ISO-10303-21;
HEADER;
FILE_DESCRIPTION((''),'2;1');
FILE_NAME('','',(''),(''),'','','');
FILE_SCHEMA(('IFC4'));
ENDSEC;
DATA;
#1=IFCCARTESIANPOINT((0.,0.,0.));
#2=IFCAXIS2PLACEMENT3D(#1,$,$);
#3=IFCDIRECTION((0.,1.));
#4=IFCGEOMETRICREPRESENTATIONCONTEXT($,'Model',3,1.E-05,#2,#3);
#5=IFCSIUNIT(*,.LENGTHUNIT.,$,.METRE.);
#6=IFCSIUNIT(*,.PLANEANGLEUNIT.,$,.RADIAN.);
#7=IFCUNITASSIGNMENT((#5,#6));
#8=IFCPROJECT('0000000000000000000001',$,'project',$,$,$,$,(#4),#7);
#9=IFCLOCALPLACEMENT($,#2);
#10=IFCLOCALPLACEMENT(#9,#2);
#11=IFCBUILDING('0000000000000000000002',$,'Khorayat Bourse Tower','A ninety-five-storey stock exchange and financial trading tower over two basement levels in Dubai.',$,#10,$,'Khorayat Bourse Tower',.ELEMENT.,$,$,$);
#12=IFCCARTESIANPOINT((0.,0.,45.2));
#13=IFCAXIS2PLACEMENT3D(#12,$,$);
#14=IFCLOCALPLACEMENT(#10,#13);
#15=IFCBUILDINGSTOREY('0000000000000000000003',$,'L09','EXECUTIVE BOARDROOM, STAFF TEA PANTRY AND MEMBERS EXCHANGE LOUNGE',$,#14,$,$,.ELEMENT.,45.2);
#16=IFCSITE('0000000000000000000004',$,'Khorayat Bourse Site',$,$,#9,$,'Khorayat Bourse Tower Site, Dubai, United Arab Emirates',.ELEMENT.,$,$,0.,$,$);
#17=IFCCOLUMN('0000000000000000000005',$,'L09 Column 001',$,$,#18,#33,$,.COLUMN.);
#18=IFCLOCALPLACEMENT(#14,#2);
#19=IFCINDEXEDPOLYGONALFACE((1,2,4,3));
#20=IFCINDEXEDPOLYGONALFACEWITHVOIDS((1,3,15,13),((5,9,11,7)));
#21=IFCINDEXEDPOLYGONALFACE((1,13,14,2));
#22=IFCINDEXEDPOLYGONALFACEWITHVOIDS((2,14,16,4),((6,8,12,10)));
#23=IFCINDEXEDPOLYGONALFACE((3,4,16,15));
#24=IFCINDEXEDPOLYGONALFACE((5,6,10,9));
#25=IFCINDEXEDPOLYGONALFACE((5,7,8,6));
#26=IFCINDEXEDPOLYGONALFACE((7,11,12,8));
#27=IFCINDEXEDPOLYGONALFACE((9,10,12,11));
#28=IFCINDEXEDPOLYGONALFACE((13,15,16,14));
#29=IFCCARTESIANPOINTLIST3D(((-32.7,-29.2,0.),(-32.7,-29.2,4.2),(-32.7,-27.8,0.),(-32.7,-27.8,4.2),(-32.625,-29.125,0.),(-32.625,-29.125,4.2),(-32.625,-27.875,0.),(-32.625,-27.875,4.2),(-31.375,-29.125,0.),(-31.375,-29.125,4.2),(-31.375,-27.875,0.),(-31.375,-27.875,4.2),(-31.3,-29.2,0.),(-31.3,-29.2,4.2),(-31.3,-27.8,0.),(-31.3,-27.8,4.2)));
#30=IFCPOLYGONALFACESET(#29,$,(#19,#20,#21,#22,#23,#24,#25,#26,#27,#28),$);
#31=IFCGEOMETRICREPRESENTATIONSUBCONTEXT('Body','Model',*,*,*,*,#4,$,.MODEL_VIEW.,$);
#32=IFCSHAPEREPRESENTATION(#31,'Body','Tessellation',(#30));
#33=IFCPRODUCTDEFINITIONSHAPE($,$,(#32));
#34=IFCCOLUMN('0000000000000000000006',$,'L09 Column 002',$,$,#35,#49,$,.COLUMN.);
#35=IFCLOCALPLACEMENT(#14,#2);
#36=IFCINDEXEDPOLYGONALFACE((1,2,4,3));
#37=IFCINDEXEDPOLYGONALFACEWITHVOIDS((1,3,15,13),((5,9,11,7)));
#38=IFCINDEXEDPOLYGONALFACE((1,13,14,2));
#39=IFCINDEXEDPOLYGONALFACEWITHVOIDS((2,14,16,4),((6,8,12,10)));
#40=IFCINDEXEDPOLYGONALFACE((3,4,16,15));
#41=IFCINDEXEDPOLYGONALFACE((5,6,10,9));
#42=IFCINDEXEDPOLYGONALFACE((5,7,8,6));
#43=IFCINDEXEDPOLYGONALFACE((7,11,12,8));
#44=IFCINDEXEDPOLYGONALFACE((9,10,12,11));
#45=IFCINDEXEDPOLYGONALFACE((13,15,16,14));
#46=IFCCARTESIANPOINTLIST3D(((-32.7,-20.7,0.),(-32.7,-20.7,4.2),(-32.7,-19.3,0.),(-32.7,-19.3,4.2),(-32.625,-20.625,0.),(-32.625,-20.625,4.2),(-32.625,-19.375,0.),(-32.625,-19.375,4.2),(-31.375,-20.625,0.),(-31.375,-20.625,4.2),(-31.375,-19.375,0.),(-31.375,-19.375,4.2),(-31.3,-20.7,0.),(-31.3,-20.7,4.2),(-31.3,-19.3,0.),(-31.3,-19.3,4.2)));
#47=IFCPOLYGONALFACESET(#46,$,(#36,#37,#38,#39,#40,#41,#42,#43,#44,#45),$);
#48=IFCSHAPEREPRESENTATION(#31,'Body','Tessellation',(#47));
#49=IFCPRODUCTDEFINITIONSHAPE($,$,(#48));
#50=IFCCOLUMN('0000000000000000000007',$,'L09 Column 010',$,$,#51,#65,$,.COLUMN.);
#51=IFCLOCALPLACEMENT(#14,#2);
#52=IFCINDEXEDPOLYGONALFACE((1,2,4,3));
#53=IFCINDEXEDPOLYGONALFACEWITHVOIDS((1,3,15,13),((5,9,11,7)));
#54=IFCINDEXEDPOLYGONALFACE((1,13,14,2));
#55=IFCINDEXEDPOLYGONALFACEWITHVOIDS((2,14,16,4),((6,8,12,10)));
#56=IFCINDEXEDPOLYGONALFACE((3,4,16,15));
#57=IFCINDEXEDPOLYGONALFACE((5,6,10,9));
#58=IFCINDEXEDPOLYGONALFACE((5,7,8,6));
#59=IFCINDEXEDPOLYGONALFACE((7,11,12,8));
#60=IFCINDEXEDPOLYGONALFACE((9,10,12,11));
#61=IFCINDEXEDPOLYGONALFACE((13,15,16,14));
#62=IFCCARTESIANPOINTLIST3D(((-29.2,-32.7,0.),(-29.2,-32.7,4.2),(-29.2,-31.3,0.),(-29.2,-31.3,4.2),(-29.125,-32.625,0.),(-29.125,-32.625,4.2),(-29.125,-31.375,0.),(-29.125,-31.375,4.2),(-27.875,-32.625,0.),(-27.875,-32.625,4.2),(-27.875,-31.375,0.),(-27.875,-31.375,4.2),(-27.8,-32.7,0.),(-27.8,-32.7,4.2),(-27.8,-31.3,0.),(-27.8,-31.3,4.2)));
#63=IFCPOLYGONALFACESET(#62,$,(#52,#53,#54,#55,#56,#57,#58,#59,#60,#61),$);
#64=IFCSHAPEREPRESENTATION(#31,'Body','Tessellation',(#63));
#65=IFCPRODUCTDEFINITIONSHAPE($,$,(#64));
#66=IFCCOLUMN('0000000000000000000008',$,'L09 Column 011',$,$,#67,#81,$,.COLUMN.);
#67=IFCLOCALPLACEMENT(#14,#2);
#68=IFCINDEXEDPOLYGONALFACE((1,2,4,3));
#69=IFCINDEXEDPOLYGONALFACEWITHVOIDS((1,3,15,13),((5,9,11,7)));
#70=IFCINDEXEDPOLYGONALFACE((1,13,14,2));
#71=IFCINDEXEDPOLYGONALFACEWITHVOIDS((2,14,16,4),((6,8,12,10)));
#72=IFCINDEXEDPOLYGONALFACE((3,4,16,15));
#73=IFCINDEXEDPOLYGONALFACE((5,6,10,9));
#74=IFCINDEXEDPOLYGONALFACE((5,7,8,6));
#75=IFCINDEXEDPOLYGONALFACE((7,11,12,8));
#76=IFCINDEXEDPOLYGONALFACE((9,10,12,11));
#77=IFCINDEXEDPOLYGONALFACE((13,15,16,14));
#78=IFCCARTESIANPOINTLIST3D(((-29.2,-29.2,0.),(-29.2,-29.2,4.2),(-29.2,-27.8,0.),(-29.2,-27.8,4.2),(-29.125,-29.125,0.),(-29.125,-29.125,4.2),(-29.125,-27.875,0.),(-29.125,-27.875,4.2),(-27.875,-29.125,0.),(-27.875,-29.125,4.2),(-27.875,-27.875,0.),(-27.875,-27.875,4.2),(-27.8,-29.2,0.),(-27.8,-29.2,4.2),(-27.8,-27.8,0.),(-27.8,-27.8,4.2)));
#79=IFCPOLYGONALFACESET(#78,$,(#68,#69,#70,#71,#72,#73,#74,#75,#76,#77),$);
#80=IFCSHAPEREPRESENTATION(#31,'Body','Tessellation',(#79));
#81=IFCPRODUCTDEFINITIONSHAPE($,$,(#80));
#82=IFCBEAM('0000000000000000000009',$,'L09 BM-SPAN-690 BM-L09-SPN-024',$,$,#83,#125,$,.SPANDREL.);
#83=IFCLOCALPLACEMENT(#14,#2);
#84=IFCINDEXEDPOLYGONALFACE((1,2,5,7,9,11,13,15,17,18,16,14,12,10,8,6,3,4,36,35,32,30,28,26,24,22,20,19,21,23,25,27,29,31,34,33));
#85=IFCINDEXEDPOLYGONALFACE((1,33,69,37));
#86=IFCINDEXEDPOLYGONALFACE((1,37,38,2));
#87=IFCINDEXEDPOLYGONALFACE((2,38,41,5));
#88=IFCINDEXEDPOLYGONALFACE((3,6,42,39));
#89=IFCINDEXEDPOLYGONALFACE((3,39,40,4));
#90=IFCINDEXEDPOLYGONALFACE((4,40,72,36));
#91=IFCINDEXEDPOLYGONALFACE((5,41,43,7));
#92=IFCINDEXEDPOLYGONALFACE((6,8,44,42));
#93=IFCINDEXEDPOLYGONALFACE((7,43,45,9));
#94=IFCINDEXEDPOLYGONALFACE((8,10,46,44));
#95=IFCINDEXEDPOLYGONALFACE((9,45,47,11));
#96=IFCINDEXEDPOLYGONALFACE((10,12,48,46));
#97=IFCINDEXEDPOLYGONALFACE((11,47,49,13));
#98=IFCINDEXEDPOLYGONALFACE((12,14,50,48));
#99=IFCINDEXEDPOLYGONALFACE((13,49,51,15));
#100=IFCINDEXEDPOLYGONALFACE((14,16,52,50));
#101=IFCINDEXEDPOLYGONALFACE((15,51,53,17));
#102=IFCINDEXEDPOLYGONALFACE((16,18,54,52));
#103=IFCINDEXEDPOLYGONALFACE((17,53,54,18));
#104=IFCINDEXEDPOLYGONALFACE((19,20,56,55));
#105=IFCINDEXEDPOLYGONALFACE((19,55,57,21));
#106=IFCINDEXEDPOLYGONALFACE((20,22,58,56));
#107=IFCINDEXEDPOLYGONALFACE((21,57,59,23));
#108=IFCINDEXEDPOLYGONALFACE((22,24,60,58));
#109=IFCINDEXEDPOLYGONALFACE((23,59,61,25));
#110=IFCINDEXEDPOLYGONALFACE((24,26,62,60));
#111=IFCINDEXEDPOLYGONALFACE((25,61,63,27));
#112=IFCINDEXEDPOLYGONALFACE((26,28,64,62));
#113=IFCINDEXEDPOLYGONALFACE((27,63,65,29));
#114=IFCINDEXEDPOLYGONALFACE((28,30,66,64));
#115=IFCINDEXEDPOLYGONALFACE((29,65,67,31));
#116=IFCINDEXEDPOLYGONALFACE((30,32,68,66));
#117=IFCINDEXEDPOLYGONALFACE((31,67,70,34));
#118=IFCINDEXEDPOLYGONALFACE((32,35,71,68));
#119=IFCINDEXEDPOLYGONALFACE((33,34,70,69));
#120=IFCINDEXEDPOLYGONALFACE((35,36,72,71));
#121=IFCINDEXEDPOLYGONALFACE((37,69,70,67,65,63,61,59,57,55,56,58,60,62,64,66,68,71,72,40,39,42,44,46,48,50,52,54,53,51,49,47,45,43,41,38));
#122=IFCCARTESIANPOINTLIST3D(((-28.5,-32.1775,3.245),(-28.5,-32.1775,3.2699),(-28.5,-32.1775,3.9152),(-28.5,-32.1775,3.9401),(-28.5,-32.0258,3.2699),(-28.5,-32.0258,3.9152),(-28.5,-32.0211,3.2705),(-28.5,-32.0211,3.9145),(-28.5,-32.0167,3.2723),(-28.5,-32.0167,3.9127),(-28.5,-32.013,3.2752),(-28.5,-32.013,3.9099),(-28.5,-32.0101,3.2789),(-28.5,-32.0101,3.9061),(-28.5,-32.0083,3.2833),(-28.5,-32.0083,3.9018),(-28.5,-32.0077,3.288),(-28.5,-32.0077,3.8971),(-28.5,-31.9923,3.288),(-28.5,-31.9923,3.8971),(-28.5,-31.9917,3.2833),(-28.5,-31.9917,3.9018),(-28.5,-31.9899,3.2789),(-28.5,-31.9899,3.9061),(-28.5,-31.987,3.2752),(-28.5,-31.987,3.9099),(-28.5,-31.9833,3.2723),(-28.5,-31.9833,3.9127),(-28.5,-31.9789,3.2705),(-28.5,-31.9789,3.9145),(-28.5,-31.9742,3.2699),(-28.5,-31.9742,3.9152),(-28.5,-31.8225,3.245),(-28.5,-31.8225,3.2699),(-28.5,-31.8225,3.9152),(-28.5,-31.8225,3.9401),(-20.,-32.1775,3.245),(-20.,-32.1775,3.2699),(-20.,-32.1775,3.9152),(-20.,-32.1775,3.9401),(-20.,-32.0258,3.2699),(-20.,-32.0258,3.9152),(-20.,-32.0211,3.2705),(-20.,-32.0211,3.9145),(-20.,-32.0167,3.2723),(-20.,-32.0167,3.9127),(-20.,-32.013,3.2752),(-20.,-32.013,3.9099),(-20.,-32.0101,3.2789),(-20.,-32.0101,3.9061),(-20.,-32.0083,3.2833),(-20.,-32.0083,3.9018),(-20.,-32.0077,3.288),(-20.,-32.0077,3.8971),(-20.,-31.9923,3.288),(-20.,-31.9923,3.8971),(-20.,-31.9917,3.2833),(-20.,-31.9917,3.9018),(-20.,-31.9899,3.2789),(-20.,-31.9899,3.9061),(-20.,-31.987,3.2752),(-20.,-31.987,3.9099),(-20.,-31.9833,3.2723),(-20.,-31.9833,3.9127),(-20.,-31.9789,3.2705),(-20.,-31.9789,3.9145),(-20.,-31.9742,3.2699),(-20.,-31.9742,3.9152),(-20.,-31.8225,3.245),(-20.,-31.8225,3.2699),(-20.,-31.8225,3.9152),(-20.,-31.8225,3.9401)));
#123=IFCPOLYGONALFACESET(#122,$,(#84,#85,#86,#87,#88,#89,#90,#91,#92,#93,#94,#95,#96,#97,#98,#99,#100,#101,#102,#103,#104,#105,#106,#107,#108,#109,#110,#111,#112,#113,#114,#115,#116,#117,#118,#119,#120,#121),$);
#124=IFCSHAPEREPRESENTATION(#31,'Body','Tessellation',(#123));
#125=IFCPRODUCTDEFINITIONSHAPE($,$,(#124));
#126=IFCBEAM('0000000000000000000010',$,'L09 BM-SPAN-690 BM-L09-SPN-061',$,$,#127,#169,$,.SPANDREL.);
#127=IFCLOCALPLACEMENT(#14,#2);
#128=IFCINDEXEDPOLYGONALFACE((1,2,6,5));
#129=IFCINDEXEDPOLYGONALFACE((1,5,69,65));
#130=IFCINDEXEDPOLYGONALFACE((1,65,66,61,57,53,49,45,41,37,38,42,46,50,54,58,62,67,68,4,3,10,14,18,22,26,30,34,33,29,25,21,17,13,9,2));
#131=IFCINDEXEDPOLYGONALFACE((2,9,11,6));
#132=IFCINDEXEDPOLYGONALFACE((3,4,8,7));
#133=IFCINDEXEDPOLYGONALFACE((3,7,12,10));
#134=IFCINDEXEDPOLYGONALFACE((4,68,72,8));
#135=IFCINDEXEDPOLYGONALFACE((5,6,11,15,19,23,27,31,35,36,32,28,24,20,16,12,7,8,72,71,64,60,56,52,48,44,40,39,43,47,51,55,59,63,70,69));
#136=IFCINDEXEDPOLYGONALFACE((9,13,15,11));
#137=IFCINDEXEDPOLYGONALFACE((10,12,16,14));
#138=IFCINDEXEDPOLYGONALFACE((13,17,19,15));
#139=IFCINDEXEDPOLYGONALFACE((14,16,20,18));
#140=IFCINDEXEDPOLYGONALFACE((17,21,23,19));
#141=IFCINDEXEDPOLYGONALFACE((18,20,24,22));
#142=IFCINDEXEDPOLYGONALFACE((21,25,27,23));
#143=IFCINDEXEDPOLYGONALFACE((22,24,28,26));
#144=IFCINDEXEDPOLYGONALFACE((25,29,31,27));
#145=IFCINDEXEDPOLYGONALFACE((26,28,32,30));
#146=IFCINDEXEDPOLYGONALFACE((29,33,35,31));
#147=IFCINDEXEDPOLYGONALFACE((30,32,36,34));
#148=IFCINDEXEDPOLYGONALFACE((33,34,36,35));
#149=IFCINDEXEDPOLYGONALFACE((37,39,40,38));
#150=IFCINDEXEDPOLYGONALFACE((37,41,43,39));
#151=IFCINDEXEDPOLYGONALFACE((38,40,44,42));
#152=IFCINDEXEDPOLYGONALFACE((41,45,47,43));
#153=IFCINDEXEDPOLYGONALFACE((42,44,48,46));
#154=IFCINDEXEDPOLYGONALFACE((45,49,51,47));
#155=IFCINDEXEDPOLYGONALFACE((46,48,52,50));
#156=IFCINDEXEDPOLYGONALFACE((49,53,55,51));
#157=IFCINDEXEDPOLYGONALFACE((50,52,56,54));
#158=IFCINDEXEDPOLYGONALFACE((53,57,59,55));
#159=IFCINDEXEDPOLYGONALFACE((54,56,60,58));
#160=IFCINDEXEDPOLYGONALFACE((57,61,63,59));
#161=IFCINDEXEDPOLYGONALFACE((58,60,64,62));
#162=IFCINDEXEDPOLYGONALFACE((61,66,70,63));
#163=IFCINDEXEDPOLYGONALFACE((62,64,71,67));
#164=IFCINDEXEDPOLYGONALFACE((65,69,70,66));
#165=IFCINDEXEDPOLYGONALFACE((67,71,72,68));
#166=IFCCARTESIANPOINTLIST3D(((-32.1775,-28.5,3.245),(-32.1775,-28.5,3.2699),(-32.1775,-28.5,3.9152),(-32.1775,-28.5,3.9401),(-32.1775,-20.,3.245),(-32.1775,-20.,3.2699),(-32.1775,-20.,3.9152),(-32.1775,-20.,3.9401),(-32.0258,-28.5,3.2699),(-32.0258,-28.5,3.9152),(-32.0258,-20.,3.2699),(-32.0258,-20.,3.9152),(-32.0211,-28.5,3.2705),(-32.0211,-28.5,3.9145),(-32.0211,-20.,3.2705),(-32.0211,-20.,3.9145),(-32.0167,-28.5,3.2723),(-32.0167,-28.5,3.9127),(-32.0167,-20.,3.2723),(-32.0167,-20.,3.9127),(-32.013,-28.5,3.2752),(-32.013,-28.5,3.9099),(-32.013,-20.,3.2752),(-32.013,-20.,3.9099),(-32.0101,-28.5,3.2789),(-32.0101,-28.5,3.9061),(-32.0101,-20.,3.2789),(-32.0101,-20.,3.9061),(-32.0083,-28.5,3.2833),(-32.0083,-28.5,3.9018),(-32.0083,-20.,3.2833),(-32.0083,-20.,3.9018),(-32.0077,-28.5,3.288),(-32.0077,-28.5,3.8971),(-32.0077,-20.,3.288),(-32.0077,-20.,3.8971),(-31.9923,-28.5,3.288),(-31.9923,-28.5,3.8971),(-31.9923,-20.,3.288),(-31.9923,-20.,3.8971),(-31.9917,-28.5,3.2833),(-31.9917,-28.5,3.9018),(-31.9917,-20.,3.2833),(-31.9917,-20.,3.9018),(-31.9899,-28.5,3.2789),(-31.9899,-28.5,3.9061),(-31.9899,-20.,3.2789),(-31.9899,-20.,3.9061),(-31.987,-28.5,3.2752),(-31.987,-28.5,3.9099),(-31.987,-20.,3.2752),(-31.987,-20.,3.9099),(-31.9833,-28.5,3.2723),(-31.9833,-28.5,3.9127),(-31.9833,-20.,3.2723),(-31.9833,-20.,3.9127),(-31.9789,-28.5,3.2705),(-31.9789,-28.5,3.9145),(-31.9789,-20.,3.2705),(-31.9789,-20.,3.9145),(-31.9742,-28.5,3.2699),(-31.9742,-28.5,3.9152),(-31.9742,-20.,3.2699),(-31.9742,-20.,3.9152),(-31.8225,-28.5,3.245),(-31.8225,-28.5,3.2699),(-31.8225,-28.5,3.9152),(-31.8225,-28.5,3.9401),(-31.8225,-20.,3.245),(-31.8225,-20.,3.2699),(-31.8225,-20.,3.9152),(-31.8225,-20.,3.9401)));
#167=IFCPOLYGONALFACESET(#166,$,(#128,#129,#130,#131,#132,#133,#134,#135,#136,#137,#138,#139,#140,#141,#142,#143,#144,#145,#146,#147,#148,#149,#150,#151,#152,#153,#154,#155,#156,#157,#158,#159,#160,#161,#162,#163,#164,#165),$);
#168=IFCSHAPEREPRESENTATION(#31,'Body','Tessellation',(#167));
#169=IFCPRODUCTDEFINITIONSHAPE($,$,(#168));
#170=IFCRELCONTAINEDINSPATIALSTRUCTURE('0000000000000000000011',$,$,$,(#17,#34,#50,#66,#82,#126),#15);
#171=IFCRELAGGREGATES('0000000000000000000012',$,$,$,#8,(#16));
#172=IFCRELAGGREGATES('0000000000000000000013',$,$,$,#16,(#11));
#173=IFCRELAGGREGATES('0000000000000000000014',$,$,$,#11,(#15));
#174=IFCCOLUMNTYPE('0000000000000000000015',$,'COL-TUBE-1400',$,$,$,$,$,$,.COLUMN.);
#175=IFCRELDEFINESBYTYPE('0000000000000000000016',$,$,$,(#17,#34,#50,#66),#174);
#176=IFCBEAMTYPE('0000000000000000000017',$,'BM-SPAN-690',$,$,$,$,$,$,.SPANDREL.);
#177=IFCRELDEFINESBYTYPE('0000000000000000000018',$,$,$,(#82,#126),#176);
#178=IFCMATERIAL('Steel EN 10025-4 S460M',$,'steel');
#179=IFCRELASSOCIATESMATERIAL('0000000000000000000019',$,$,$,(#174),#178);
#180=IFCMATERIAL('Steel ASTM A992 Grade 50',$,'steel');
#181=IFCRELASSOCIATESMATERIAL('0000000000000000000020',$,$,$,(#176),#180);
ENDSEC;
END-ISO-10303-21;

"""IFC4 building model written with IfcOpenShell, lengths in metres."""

from ifc_helpers import new_model, si_unit, direction, frame, origin, origin_2d, place, context, subcontext, project, spatial, hollow_rectangle, i_section, extrude, source, transform, mapped, material, material_profile, profile_set, type_object, element, save


model = new_model("IFC4")

# Units and contexts
model_context = context("Model", 3, precision=1e-05, world=origin(), true_north=direction((0.0, 1.0)))
body_context = subcontext(model_context, "Body", "Model", "MODEL_VIEW")
ifc_project = project(units=[si_unit("LENGTHUNIT", "METRE"), si_unit("PLANEANGLEUNIT", "RADIAN")], contexts=[model_context])

# Site, building, storey
site_placement = place(None, origin())
site = spatial("IfcSite", under=ifc_project, at=site_placement, Name="Khorayat Bourse Site", LongName="Khorayat Bourse Tower Site, Dubai, United Arab Emirates", CompositionType="ELEMENT", RefElevation=0.0)
building_placement = place(site_placement, origin())
building = spatial("IfcBuilding", under=site, at=building_placement, Name="Khorayat Bourse Tower", Description="A ninety-five-storey stock exchange and financial trading tower over two basement levels in Dubai.", LongName="Khorayat Bourse Tower", CompositionType="ELEMENT")
storey_placement = place(building_placement, frame((0.0, 0.0, 45.2)))
storey = spatial("IfcBuildingStorey", under=building, at=storey_placement, Name="L09", Description="EXECUTIVE BOARDROOM, STAFF TEA PANTRY AND MEMBERS EXCHANGE LOUNGE", CompositionType="ELEMENT", Elevation=45.2)

# Columns
ifc_material_1 = material(Name="Steel EN 10025-4 S460M", Category="steel")
ifc_material_profile_1 = material_profile(ifc_material_1, hollow_rectangle(XDim=1.3999, YDim=1.3999, WallThickness=0.075, at=origin_2d()), Name="BOX 1400x1400x75")
ifc_profile_set_1 = profile_set([ifc_material_profile_1], Name="Steel EN 10025-4 S460M")
column_type = type_object("IfcColumnType", Name="COL-TUBE-1400", PredefinedType="COLUMN", material=ifc_profile_set_1)
shared_shape_1 = source(origin(), body_context, "Body", "SweptSolid", [
    extrude(hollow_rectangle(XDim=1.3999, YDim=1.3999, WallThickness=0.075, at=origin_2d()), origin(), (0.0, 0.0, 1.0), 4.2),
])
for number, where, z_axis, x_axis, name in (
    (1, (-32.0, -28.5, 0.0), (0.0, 0.0, 1.0), (1.0, 0.0, 0.0), "L09 Column 001"),
    (2, (-32.0, -20.0, 0.0), (0.0, 0.0, 1.0), (1.0, 0.0, 0.0), "L09 Column 002"),
    (3, (-28.5, -32.0, 0.0), (0.0, 0.0, 1.0), (1.0, 0.0, 0.0), "L09 Column 010"),
    (4, (-28.5, -28.5, 0.0), (0.0, 0.0, 1.0), (1.0, 0.0, 0.0), "L09 Column 011"),
):
    element("IfcColumn", number, at=place(storey_placement, frame(where, z_axis=z_axis, x_axis=x_axis)), inside=storey, type_object=column_type, Name=name, PredefinedType="COLUMN", context=body_context, shape_type="MappedRepresentation", body=[
        mapped(shared_shape_1, transform((0.0, 0.0, 0.0), scale=1.0)),
    ])

# Beams
ifc_material_2 = material(Name="Steel ASTM A992 Grade 50", Category="steel")
ifc_material_profile_2 = material_profile(ifc_material_2, i_section(OverallWidth=0.355, OverallDepth=0.6951, WebThickness=0.0154, FlangeThickness=0.0249, FilletRadius=0.0181, at=origin_2d()), Name="W690X217")
ifc_profile_set_2 = profile_set([ifc_material_profile_2], Name="Steel ASTM A992 Grade 50")
beam_type_1 = type_object("IfcBeamType", Name="BM-SPAN-690", PredefinedType="SPANDREL", material=ifc_profile_set_2)
shared_shape_2 = source(origin(), body_context, "Body", "SweptSolid", [
    extrude(i_section(OverallWidth=0.355, OverallDepth=0.6951, WebThickness=0.0154, FlangeThickness=0.0249, FilletRadius=0.0181, at=origin_2d()), origin(), (0.0, 0.0, 1.0), 8.5),
])
for number, where, z_axis, x_axis, name in (
    (5, (-28.5, -32.0, 3.5925), (1.0, 0.0, 0.0), (0.0, 1.0, 0.0), "L09 BM-SPAN-690 BM-L09-SPN-024"),
    (6, (-32.0, -28.5, 3.5925), (0.0, 1.0, 0.0), (-1.0, 0.0, 0.0), "L09 BM-SPAN-690 BM-L09-SPN-061"),
):
    element("IfcBeam", number, at=place(storey_placement, frame(where, z_axis=z_axis, x_axis=x_axis)), inside=storey, type_object=beam_type_1, Name=name, PredefinedType="SPANDREL", context=body_context, shape_type="MappedRepresentation", body=[
        mapped(shared_shape_2, transform((0.0, 0.0, 0.0), scale=1.0)),
    ])

save(model, "model.ifc")
